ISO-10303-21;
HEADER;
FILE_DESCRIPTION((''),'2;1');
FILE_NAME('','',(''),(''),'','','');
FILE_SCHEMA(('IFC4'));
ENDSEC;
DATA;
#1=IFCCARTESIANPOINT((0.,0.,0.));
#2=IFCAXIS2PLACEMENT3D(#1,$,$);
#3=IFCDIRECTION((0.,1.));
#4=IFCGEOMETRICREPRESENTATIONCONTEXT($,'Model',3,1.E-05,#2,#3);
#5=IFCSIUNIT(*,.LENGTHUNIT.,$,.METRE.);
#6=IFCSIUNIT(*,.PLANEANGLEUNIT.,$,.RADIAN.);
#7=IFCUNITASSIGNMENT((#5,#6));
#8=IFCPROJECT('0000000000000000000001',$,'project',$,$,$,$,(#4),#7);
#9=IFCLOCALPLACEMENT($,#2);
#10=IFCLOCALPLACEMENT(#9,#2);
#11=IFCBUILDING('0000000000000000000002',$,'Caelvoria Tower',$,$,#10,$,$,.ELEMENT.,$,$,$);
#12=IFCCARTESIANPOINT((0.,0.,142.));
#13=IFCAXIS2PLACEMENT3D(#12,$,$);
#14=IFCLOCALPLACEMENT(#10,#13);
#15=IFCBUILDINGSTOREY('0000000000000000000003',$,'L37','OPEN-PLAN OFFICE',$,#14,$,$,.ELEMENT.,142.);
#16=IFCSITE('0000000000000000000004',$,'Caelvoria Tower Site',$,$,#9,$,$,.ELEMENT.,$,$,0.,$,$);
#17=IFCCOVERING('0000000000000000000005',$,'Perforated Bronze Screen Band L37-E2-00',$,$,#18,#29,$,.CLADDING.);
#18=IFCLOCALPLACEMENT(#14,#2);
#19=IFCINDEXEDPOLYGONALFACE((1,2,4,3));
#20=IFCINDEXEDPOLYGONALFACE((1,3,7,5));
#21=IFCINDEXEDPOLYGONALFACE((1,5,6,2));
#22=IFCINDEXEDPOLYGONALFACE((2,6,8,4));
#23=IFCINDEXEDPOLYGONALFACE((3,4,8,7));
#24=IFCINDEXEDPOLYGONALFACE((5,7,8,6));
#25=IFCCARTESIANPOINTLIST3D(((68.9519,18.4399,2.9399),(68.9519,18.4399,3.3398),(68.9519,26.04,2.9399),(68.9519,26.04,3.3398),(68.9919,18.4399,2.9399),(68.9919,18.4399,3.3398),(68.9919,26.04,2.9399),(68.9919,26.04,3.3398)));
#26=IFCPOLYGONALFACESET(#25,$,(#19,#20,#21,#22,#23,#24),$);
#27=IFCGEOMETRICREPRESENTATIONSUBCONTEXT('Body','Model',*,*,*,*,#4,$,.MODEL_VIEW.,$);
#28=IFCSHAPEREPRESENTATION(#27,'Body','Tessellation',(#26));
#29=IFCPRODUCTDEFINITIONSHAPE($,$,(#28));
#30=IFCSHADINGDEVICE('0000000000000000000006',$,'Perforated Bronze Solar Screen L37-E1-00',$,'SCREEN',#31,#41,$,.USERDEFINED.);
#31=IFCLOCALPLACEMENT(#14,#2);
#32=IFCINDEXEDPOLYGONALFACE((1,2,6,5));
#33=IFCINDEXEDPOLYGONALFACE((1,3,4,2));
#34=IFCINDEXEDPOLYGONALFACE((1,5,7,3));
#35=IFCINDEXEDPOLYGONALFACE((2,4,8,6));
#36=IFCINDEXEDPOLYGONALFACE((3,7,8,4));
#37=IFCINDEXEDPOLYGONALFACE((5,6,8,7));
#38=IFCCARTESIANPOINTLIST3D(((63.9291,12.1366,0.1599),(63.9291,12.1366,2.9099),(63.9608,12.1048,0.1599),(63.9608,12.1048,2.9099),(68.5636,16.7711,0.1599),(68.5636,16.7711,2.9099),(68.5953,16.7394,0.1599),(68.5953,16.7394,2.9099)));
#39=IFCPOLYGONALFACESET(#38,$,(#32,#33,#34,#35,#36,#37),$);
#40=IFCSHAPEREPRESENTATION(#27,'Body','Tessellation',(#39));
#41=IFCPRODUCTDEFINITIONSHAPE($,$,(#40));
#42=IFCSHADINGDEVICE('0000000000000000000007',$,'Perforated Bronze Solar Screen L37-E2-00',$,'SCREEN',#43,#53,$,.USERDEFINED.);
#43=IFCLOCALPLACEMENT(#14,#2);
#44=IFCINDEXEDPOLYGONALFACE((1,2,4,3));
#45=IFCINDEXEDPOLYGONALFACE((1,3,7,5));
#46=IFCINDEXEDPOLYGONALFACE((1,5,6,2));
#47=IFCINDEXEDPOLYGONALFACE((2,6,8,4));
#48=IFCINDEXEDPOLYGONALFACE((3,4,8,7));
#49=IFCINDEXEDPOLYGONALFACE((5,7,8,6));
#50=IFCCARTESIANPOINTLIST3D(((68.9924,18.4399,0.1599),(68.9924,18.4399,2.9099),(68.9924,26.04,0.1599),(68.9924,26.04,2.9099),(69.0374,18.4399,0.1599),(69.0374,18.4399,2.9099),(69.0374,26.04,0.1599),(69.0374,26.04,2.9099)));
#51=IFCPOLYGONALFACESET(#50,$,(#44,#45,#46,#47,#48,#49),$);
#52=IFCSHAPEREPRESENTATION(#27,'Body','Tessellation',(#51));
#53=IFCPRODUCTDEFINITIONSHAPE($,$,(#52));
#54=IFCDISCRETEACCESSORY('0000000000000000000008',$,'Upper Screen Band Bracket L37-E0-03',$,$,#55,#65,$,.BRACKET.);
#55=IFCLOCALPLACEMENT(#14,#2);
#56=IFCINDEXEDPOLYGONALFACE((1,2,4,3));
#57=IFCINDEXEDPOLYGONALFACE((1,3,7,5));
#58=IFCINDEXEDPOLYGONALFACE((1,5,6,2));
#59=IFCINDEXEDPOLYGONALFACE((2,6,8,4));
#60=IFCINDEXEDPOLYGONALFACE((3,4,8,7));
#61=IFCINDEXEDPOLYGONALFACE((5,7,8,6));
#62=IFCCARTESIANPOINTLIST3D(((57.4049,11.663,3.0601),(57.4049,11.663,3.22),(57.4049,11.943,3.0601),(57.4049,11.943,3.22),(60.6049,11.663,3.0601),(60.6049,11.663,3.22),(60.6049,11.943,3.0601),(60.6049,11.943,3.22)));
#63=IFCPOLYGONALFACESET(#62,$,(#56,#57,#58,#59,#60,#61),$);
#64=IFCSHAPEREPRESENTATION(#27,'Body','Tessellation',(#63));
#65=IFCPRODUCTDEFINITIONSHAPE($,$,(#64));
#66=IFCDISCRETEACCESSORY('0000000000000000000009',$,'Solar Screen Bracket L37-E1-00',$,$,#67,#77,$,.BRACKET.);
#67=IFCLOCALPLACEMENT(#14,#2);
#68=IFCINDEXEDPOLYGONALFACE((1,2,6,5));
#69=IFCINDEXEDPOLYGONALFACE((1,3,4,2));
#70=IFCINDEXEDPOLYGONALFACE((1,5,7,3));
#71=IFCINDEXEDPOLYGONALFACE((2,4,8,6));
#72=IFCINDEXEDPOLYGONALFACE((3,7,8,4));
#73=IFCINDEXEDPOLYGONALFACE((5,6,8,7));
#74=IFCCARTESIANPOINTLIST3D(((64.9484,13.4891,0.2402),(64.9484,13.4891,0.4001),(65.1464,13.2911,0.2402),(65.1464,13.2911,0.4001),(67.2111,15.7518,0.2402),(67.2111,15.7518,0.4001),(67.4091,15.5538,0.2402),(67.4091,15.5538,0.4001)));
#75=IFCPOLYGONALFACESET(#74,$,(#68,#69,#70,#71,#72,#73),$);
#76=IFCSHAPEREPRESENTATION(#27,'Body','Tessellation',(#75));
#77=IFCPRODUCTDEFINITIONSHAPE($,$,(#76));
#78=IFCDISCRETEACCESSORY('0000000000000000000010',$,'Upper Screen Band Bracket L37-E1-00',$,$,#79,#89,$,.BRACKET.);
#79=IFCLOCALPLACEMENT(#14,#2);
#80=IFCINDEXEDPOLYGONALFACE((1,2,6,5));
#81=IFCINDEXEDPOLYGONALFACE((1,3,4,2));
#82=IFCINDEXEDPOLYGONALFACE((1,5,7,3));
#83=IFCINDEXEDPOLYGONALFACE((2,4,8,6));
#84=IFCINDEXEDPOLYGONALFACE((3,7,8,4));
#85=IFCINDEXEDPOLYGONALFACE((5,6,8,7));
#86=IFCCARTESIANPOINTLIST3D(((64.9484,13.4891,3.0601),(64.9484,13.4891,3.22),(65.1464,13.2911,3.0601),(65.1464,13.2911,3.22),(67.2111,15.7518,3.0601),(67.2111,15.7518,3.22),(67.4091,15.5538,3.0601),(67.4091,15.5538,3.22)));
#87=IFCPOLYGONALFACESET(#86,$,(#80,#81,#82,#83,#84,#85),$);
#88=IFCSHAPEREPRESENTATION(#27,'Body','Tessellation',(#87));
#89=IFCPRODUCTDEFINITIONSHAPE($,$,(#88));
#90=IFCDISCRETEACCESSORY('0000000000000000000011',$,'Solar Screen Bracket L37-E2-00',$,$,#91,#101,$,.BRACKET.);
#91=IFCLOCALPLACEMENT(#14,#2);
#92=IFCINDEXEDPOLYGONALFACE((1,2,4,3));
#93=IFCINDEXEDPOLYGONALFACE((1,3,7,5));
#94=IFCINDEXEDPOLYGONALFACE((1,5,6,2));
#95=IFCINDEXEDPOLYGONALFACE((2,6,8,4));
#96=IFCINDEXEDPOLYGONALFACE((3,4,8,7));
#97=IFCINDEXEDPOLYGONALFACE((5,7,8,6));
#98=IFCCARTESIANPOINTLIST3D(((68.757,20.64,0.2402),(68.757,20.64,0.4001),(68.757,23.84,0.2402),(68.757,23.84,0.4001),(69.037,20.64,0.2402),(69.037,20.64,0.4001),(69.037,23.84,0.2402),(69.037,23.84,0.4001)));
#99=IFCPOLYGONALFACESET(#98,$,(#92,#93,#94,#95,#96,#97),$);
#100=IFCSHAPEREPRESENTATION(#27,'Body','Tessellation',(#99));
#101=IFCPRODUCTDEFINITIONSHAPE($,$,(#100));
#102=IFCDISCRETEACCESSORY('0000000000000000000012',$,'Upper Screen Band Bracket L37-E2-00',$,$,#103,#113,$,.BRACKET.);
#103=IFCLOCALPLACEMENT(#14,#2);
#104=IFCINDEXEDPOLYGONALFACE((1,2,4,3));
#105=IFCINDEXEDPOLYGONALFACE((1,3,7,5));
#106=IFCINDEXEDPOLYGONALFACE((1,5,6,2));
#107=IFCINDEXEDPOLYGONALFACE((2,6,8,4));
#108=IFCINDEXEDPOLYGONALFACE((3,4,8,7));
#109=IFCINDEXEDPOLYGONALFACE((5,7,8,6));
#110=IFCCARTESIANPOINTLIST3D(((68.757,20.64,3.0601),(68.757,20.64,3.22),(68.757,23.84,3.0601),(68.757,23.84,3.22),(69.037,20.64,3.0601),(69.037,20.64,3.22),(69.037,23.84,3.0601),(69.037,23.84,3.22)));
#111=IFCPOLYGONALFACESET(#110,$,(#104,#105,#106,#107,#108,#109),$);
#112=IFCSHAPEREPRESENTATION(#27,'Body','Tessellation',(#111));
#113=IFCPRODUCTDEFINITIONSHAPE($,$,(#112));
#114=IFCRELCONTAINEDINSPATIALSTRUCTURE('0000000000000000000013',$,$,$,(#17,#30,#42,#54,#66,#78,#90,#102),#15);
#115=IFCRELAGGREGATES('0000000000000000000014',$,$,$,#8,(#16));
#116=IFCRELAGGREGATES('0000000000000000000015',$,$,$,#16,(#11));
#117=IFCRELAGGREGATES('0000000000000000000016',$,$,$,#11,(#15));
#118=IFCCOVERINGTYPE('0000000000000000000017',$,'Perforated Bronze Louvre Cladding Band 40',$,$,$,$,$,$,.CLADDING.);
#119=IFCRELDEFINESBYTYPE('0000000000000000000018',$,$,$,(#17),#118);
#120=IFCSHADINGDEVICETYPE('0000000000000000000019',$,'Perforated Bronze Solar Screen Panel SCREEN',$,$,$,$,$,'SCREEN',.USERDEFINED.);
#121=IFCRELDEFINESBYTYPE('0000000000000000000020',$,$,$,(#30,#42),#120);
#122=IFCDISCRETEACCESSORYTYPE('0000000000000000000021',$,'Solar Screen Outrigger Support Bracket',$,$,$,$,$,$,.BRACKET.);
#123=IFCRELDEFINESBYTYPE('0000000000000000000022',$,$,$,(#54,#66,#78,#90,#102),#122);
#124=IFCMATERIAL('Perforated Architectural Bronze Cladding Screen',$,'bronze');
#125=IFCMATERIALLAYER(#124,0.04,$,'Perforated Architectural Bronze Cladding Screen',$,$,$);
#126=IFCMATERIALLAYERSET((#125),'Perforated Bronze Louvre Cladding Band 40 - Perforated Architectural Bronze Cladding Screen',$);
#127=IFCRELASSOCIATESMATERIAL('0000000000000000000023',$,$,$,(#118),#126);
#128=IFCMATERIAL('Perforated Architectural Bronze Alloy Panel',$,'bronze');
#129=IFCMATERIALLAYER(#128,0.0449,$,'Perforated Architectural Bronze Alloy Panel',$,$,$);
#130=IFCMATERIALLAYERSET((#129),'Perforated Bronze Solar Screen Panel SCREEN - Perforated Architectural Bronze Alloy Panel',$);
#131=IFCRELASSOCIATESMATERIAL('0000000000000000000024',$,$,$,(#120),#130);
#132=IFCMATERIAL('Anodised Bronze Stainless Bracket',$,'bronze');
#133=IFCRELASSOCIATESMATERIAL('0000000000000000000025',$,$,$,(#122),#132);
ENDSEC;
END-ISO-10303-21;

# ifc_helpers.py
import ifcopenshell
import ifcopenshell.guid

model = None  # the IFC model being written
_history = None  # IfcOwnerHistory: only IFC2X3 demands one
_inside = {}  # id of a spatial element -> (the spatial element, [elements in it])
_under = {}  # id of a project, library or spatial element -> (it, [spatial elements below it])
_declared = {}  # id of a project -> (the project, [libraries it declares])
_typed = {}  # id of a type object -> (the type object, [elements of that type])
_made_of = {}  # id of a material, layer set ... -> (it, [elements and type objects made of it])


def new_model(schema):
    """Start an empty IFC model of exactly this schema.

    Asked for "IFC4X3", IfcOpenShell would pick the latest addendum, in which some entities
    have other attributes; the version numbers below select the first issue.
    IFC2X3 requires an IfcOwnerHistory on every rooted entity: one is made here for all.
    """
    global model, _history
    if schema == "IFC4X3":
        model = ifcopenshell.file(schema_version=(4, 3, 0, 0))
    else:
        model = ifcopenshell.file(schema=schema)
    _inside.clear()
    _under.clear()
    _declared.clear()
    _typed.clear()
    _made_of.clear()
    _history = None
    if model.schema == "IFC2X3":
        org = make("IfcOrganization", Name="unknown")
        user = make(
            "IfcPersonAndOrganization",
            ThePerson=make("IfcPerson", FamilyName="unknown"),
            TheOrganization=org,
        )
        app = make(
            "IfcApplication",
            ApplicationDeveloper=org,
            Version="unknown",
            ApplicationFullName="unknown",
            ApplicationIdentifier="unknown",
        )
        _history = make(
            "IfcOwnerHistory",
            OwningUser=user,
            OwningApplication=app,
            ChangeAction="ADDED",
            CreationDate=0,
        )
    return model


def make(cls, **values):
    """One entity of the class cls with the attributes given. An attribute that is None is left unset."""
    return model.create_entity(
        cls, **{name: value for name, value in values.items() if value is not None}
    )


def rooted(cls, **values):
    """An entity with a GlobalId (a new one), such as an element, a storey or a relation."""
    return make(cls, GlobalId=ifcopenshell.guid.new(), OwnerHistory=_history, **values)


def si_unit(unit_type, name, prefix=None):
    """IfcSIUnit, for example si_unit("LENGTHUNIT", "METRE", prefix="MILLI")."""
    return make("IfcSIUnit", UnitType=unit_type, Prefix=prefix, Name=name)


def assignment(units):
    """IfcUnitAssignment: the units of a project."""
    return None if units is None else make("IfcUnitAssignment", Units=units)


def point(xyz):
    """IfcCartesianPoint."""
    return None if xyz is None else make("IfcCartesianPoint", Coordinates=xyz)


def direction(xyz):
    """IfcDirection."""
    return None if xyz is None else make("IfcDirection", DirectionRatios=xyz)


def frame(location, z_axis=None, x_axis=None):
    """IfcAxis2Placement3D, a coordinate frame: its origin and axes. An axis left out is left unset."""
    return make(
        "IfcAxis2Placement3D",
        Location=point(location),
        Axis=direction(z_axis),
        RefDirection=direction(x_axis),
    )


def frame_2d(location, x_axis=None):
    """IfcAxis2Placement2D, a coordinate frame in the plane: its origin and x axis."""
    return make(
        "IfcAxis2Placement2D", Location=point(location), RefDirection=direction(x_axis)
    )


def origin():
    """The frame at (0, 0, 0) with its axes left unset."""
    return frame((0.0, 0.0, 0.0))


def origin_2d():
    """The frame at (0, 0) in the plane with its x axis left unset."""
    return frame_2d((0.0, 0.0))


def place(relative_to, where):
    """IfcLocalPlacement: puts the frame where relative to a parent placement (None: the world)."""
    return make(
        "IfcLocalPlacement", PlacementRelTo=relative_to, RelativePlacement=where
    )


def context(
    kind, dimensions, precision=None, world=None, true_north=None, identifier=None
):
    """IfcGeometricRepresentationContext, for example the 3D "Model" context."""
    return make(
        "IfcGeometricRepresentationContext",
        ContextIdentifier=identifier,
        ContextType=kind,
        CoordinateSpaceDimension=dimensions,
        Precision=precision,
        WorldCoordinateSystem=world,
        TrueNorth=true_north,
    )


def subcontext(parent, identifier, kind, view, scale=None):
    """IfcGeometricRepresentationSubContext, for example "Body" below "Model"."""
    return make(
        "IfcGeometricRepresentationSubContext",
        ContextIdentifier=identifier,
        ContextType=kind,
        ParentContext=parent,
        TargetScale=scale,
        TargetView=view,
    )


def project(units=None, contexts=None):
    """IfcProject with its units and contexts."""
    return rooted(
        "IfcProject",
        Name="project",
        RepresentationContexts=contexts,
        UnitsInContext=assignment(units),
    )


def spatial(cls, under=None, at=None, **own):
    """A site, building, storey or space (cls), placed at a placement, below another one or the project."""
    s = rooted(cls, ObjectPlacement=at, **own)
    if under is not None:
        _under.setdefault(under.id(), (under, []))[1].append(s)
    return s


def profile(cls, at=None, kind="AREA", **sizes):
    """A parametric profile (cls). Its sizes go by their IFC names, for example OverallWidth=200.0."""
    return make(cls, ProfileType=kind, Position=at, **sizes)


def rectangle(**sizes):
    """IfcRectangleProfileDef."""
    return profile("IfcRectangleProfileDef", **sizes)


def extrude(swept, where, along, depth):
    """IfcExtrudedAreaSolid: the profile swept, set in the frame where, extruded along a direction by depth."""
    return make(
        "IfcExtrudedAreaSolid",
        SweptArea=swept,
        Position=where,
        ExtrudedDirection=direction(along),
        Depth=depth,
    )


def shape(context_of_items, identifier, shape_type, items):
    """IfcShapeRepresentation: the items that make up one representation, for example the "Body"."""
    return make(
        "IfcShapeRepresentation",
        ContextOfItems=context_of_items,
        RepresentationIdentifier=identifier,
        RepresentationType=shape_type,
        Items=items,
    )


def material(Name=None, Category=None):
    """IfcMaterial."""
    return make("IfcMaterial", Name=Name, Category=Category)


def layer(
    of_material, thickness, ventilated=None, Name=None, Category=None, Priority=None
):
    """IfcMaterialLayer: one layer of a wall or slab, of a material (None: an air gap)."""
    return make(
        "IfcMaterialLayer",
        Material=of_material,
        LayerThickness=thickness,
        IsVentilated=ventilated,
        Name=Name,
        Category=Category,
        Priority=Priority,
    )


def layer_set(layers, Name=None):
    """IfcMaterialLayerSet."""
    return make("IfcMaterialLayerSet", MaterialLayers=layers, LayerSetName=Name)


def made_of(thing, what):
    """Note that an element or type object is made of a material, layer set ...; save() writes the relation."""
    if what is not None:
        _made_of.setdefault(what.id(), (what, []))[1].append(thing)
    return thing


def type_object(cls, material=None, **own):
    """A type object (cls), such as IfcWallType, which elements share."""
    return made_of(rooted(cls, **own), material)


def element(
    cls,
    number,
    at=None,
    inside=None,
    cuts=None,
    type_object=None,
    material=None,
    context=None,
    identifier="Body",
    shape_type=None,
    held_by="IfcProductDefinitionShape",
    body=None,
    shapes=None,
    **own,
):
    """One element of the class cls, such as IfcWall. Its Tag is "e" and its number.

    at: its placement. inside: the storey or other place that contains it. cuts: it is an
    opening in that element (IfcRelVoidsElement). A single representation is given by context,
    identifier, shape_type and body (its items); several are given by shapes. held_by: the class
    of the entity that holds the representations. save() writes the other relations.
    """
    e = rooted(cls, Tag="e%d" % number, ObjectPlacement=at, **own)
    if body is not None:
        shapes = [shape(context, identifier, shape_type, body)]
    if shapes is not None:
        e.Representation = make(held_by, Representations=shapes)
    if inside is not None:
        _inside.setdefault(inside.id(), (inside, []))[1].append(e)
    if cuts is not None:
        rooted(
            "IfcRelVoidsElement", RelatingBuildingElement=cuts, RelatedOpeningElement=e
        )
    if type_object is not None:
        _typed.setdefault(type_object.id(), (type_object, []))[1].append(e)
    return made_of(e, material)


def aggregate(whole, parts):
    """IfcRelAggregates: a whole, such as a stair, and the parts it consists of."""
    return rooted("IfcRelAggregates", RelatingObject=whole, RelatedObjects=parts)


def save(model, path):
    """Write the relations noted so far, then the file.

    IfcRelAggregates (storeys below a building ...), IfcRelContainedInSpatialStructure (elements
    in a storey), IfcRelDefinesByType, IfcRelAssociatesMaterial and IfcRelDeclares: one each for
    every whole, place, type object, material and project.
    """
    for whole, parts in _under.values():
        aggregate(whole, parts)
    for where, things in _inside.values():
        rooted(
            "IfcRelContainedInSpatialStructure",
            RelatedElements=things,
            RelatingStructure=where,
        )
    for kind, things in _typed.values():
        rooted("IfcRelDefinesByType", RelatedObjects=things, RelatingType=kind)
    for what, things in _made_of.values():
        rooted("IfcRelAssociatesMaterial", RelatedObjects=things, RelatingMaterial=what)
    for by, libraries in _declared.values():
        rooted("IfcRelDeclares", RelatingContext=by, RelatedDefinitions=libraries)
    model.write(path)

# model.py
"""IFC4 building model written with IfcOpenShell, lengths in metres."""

from ifc_helpers import new_model, si_unit, direction, frame, origin, origin_2d, place, context, subcontext, project, spatial, rectangle, extrude, material, layer, layer_set, type_object, element, save


model = new_model("IFC4")

# Units and contexts
model_context = context("Model", 3, precision=1e-05, world=origin(), true_north=direction((0.0, 1.0)))
body_context = subcontext(model_context, "Body", "Model", "MODEL_VIEW")
ifc_project = project(units=[si_unit("LENGTHUNIT", "METRE"), si_unit("PLANEANGLEUNIT", "RADIAN")], contexts=[model_context])

# Site, building, storey
site_placement = place(None, origin())
site = spatial("IfcSite", under=ifc_project, at=site_placement, Name="Caelvoria Tower Site", CompositionType="ELEMENT", RefElevation=0.0)
building_placement = place(site_placement, origin())
building = spatial("IfcBuilding", under=site, at=building_placement, Name="Caelvoria Tower", CompositionType="ELEMENT")
storey_placement = place(building_placement, frame((0.0, 0.0, 142.0)))
storey = spatial("IfcBuildingStorey", under=building, at=storey_placement, Name="L37", Description="OPEN-PLAN OFFICE", CompositionType="ELEMENT", Elevation=142.0)

# Covering
ifc_material_1 = material(Name="Perforated Architectural Bronze Cladding Screen", Category="bronze")
ifc_layer_1 = layer(ifc_material_1, 0.04, Name="Perforated Architectural Bronze Cladding Screen")
ifc_layer_set_1 = layer_set([ifc_layer_1], Name="Perforated Bronze Louvre Cladding Band 40 - Perforated Architectural Bronze Cladding Screen")
covering_type = type_object("IfcCoveringType", Name="Perforated Bronze Louvre Cladding Band 40", PredefinedType="CLADDING", material=ifc_layer_set_1)
covering_1_placement = place(storey_placement, frame((68.9719, 22.24, 2.9399), z_axis=(0.0, 0.0, 1.0), x_axis=(0.0, 1.0, 0.0)))
element("IfcCovering", 1, at=covering_1_placement, inside=storey, type_object=covering_type, Name="Perforated Bronze Screen Band L37-E2-00", PredefinedType="CLADDING", context=body_context, shape_type="SweptSolid", body=[
    extrude(rectangle(XDim=7.6001, YDim=0.04, at=origin_2d()), origin(), (0.0, 0.0, 1.0), 0.3999),
])

# Shading devices
ifc_material_2 = material(Name="Perforated Architectural Bronze Alloy Panel", Category="bronze")
ifc_layer_2 = layer(ifc_material_2, 0.0449, Name="Perforated Architectural Bronze Alloy Panel")
ifc_layer_set_2 = layer_set([ifc_layer_2], Name="Perforated Bronze Solar Screen Panel SCREEN - Perforated Architectural Bronze Alloy Panel")
shading_device_type = type_object("IfcShadingDeviceType", Name="Perforated Bronze Solar Screen Panel SCREEN", ElementType="SCREEN", PredefinedType="USERDEFINED", material=ifc_layer_set_2)
shading_device_1_placement = place(storey_placement, frame((66.2622, 14.438, 0.1599), z_axis=(0.0, 0.0, 1.0), x_axis=(0.707107, 0.707107, 0.0)))
element("IfcShadingDevice", 2, at=shading_device_1_placement, inside=storey, type_object=shading_device_type, Name="Perforated Bronze Solar Screen L37-E1-00", ObjectType="SCREEN", PredefinedType="USERDEFINED", context=body_context, shape_type="SweptSolid", body=[
    extrude(rectangle(XDim=6.5542, YDim=0.0449, at=origin_2d()), origin(), (0.0, 0.0, 1.0), 2.75),
])
shading_device_2_placement = place(storey_placement, frame((69.0149, 22.24, 0.1599), z_axis=(0.0, 0.0, 1.0), x_axis=(0.0, 1.0, 0.0)))
element("IfcShadingDevice", 3, at=shading_device_2_placement, inside=storey, type_object=shading_device_type, Name="Perforated Bronze Solar Screen L37-E2-00", ObjectType="SCREEN", PredefinedType="USERDEFINED", context=body_context, shape_type="SweptSolid", body=[
    extrude(rectangle(XDim=7.6001, YDim=0.0449, at=origin_2d()), origin(), (0.0, 0.0, 1.0), 2.75),
])

# Discrete accessories
ifc_material_3 = material(Name="Anodised Bronze Stainless Bracket", Category="bronze")
discrete_accessory_type = type_object("IfcDiscreteAccessoryType", Name="Solar Screen Outrigger Support Bracket", PredefinedType="BRACKET", material=ifc_material_3)
for number, where, z_axis, x_axis, name in (
    (4, (59.0049, 11.803, 3.0601), (0.0, 0.0, 1.0), (1.0, 0.0, 0.0), "Upper Screen Band Bracket L37-E0-03"),
    (5, (66.1787, 14.5215, 0.2402), (0.0, 0.0, 1.0), (0.707107, 0.707107, 0.0), "Solar Screen Bracket L37-E1-00"),
    (6, (66.1787, 14.5215, 3.0601), (0.0, 0.0, 1.0), (0.707107, 0.707107, 0.0), "Upper Screen Band Bracket L37-E1-00"),
    (7, (68.897, 22.24, 0.2402), (0.0, 0.0, 1.0), (0.0, 1.0, 0.0), "Solar Screen Bracket L37-E2-00"),
    (8, (68.897, 22.24, 3.0601), (0.0, 0.0, 1.0), (0.0, 1.0, 0.0), "Upper Screen Band Bracket L37-E2-00"),
):
    element("IfcDiscreteAccessory", number, at=place(storey_placement, frame(where, z_axis=z_axis, x_axis=x_axis)), inside=storey, type_object=discrete_accessory_type, Name=name, PredefinedType="BRACKET", context=body_context, shape_type="SweptSolid", body=[
        extrude(rectangle(XDim=3.2, YDim=0.28, at=origin_2d()), origin(), (0.0, 0.0, 1.0), 0.1599),
    ])

save(model, "model.ifc")
